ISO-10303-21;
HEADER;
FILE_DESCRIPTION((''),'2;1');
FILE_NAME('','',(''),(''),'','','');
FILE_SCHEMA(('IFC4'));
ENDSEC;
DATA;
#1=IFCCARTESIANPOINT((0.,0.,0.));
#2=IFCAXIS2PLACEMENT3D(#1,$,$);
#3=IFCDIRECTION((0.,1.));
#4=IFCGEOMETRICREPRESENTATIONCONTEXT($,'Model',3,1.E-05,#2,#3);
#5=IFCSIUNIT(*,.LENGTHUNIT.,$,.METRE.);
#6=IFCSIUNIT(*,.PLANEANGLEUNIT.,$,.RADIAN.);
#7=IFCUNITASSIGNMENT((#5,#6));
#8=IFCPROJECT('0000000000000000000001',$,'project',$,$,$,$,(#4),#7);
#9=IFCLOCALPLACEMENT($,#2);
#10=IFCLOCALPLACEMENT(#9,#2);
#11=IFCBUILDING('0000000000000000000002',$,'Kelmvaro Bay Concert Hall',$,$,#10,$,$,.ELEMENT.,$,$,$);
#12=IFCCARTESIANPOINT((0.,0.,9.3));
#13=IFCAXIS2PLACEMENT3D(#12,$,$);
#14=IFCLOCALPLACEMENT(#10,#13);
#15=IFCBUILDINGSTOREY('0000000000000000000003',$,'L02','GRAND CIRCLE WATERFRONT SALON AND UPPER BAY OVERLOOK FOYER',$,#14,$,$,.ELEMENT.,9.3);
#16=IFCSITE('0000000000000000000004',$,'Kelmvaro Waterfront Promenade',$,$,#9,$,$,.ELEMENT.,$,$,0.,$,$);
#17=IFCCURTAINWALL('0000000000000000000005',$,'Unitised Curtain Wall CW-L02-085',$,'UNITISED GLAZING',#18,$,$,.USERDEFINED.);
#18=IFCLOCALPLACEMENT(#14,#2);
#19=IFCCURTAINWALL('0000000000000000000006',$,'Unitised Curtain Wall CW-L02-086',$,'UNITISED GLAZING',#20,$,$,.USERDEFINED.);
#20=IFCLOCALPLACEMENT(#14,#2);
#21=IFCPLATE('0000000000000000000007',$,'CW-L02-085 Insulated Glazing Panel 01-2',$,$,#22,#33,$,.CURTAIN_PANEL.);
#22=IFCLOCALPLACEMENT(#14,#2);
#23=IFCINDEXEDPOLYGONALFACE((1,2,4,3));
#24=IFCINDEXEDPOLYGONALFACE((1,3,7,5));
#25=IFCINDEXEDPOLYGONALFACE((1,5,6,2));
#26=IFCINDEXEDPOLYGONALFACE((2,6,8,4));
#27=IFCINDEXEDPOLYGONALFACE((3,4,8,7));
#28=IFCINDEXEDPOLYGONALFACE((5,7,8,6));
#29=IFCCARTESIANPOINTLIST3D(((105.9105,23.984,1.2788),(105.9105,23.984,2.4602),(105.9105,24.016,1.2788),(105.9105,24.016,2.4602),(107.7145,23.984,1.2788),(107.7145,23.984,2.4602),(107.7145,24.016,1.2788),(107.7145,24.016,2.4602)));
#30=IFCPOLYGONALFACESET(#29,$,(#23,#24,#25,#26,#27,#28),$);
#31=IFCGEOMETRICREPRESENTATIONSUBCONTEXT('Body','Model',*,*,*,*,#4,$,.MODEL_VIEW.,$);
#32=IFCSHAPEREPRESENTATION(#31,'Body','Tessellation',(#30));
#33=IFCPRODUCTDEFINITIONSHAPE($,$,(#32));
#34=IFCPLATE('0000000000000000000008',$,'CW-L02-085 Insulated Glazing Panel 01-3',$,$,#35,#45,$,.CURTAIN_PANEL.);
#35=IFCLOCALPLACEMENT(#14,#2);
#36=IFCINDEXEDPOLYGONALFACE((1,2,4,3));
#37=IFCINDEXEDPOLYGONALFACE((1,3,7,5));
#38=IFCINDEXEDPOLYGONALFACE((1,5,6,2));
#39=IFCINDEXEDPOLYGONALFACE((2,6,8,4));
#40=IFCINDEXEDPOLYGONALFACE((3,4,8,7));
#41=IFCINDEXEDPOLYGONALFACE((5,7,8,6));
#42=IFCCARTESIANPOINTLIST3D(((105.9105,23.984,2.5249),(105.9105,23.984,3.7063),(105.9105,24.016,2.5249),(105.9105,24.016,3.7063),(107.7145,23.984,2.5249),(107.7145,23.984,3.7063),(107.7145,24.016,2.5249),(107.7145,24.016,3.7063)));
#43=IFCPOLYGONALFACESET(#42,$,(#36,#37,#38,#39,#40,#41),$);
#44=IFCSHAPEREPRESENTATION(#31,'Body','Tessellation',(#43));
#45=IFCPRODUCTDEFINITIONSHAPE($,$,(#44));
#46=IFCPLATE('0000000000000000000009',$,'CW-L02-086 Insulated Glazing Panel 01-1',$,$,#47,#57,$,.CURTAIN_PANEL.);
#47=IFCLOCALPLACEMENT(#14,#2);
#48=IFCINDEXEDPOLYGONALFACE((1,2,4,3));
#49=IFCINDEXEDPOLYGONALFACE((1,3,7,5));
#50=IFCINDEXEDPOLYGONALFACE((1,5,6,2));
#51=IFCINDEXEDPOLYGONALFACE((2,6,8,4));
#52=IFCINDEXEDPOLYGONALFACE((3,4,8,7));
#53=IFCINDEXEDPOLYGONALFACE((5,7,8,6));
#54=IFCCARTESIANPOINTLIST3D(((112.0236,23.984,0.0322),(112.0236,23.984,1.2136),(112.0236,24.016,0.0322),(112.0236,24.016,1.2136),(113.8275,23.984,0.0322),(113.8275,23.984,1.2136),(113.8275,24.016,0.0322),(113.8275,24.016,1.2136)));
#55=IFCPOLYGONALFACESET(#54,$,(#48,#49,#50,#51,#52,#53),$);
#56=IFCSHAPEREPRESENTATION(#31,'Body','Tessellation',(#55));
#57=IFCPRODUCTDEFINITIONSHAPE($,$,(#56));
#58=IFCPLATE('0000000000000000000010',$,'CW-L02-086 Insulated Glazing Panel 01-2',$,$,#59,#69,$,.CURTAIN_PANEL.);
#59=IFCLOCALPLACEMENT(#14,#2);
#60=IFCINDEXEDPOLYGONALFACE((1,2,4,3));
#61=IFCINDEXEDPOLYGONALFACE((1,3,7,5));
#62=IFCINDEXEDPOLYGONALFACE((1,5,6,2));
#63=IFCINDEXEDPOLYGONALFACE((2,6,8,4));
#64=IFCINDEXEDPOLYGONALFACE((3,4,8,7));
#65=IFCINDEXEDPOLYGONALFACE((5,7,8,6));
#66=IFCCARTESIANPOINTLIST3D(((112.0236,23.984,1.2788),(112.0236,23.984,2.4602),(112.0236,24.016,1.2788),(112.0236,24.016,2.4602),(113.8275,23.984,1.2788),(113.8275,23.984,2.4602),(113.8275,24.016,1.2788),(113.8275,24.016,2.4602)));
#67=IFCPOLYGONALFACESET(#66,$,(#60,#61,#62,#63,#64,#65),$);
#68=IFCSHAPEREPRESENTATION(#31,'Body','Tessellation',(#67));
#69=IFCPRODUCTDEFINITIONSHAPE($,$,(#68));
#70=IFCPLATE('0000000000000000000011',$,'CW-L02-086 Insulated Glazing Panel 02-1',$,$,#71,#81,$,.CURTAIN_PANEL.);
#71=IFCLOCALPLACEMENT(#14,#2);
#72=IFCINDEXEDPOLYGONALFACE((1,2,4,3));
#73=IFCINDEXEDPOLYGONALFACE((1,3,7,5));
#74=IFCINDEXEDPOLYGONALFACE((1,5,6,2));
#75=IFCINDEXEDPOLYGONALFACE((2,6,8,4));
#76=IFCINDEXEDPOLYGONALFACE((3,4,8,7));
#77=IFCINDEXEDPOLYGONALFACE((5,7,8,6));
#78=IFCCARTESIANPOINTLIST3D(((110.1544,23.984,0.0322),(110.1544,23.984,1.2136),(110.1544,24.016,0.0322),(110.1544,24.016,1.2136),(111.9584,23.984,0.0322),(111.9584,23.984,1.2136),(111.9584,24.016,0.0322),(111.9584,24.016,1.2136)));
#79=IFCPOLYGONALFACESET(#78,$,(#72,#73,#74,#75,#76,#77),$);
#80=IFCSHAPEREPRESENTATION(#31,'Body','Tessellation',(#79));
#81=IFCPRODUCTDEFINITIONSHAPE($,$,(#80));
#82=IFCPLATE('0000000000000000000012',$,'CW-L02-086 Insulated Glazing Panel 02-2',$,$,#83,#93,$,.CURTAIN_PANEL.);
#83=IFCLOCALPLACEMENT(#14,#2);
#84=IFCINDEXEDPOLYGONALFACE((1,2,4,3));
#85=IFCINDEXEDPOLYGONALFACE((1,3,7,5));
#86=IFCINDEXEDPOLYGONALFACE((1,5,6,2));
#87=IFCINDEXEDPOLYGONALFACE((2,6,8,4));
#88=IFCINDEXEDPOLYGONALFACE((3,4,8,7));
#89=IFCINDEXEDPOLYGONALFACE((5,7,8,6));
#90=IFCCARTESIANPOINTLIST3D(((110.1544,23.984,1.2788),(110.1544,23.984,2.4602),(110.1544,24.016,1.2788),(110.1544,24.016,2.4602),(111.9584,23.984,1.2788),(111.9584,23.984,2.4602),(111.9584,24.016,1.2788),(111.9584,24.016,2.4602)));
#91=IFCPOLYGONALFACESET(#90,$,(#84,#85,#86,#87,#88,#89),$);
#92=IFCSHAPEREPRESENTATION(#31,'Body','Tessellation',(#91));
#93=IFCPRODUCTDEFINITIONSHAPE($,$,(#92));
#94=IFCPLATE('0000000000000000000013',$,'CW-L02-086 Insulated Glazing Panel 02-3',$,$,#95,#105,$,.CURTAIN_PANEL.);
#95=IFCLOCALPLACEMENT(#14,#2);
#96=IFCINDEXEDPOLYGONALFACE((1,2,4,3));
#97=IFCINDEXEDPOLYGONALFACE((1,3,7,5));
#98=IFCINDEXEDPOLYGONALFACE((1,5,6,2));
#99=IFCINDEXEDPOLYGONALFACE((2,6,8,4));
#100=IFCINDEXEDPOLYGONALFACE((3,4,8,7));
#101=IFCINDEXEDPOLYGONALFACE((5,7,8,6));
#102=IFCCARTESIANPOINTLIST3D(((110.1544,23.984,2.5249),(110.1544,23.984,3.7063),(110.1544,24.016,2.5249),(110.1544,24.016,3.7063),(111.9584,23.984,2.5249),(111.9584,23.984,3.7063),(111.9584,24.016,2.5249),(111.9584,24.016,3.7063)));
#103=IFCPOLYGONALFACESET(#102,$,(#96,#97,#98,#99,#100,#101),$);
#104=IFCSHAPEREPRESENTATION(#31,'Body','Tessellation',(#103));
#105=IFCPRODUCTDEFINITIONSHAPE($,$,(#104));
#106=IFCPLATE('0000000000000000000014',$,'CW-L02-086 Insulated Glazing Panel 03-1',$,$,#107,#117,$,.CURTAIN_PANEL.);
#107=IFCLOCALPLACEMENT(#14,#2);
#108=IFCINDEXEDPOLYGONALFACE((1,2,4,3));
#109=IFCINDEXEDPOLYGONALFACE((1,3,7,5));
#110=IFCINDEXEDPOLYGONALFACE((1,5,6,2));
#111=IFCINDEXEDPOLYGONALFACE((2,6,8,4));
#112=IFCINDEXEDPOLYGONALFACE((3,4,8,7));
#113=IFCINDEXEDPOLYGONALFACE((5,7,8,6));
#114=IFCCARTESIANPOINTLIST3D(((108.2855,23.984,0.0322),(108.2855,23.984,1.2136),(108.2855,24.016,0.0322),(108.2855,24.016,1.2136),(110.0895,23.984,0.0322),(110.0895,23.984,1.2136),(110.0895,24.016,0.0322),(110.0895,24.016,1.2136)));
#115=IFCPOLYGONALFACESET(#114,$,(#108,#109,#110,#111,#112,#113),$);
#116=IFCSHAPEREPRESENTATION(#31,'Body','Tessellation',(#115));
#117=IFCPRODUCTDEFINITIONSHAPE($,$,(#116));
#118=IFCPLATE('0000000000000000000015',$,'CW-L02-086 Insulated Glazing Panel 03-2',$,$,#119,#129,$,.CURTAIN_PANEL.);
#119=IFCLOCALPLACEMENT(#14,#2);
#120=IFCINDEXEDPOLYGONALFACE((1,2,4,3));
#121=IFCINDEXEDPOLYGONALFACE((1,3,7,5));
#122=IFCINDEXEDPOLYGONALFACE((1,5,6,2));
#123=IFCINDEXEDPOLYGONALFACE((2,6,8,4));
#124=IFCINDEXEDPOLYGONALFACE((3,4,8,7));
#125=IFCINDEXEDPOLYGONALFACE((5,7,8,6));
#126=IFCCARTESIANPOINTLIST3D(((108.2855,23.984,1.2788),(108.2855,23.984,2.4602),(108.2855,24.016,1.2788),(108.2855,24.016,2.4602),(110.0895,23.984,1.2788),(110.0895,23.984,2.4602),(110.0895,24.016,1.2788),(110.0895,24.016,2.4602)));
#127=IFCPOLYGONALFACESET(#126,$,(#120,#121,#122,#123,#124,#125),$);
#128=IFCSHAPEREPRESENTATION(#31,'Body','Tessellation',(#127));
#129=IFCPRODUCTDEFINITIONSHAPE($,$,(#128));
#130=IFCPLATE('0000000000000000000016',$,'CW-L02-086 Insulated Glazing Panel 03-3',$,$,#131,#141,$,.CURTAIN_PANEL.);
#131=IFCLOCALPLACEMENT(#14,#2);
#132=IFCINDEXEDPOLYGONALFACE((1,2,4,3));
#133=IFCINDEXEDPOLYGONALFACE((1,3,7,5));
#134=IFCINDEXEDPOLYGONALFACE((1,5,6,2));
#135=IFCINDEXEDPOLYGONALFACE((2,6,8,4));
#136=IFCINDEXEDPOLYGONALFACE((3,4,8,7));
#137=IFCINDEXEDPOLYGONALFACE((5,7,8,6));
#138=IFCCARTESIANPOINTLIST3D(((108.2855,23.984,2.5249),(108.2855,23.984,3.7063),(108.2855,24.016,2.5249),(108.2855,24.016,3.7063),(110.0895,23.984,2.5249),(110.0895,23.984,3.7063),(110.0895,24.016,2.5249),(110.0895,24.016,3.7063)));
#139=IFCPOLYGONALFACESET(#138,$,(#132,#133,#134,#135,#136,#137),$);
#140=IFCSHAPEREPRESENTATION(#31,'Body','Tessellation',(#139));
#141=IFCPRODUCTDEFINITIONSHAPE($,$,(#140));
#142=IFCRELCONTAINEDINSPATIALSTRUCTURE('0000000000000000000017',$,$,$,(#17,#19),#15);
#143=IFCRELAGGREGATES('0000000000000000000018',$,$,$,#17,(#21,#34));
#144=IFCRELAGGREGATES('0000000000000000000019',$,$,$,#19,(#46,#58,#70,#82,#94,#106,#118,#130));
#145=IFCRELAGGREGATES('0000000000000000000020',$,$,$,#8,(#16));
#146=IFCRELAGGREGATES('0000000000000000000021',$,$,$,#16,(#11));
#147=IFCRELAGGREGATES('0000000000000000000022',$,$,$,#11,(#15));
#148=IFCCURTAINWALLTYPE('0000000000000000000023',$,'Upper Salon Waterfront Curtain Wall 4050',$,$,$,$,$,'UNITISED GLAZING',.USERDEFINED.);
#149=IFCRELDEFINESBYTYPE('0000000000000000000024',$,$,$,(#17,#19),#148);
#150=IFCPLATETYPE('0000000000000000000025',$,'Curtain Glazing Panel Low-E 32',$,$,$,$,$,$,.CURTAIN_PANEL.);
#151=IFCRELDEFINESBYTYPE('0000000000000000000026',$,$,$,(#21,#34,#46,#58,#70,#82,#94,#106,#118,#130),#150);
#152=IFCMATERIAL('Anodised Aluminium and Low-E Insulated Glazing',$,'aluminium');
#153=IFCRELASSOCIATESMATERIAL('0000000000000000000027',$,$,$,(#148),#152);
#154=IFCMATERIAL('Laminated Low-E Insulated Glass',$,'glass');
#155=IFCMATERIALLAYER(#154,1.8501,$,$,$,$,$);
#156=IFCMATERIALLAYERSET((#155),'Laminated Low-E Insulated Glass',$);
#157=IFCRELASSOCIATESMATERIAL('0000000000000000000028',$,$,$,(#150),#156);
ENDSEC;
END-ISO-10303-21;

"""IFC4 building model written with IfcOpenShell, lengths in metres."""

from ifc_helpers import new_model, si_unit, direction, frame, origin, origin_2d, place, context, subcontext, project, spatial, rectangle, extrude, material, layer, layer_set, type_object, element, aggregate, save


model = new_model("IFC4")

# Units and contexts
model_context = context("Model", 3, precision=1e-05, world=origin(), true_north=direction((0.0, 1.0)))
body_context = subcontext(model_context, "Body", "Model", "MODEL_VIEW")
ifc_project = project(units=[si_unit("LENGTHUNIT", "METRE"), si_unit("PLANEANGLEUNIT", "RADIAN")], contexts=[model_context])

# Site, building, storey
site_placement = place(None, origin())
site = spatial("IfcSite", under=ifc_project, at=site_placement, Name="Kelmvaro Waterfront Promenade", CompositionType="ELEMENT", RefElevation=0.0)
building_placement = place(site_placement, origin())
building = spatial("IfcBuilding", under=site, at=building_placement, Name="Kelmvaro Bay Concert Hall", CompositionType="ELEMENT")
storey_placement = place(building_placement, frame((0.0, 0.0, 9.3)))
storey = spatial("IfcBuildingStorey", under=building, at=storey_placement, Name="L02", Description="GRAND CIRCLE WATERFRONT SALON AND UPPER BAY OVERLOOK FOYER", CompositionType="ELEMENT", Elevation=9.3)

# Curtain wall
ifc_material_1 = material(Name="Anodised Aluminium and Low-E Insulated Glazing", Category="aluminium")
curtain_wall_type = type_object("IfcCurtainWallType", Name="Upper Salon Waterfront Curtain Wall 4050", ElementType="UNITISED GLAZING", PredefinedType="USERDEFINED", material=ifc_material_1)
curtain_wall_1_placement = place(storey_placement, origin())
curtain_wall_1 = element("IfcCurtainWall", 1, at=curtain_wall_1_placement, inside=storey, type_object=curtain_wall_type, Name="Unitised Curtain Wall CW-L02-085", ObjectType="UNITISED GLAZING", PredefinedType="USERDEFINED")

# Curtain wall
curtain_wall_2_placement = place(storey_placement, origin())
curtain_wall_2 = element("IfcCurtainWall", 2, at=curtain_wall_2_placement, inside=storey, type_object=curtain_wall_type, Name="Unitised Curtain Wall CW-L02-086", ObjectType="UNITISED GLAZING", PredefinedType="USERDEFINED")

# Plates
ifc_material_2 = material(Name="Laminated Low-E Insulated Glass", Category="glass")
ifc_layer = layer(ifc_material_2, 1.8501)
ifc_layer_set = layer_set([ifc_layer], Name="Laminated Low-E Insulated Glass")
plate_type = type_object("IfcPlateType", Name="Curtain Glazing Panel Low-E 32", PredefinedType="CURTAIN_PANEL", material=ifc_layer_set)
plate_1_placement = place(storey_placement, frame((106.8125, 24.0, 1.2788), z_axis=(0.0, 0.0, 1.0), x_axis=(-1.0, 0.0, 0.0)))
plate_1 = element("IfcPlate", 3, at=plate_1_placement, type_object=plate_type, Name="CW-L02-085 Insulated Glazing Panel 01-2", PredefinedType="CURTAIN_PANEL", context=body_context, shape_type="SweptSolid", body=[
    extrude(rectangle(XDim=1.804, YDim=0.032, at=origin_2d()), origin(), (0.0, 0.0, 1.0), 1.1814),
])
plate_2_placement = place(storey_placement, frame((106.8125, 24.0, 2.5249), z_axis=(0.0, 0.0, 1.0), x_axis=(-1.0, 0.0, 0.0)))
plate_2 = element("IfcPlate", 4, at=plate_2_placement, type_object=plate_type, Name="CW-L02-085 Insulated Glazing Panel 01-3", PredefinedType="CURTAIN_PANEL", context=body_context, shape_type="SweptSolid", body=[
    extrude(rectangle(XDim=1.804, YDim=0.032, at=origin_2d()), origin(), (0.0, 0.0, 1.0), 1.1814),
])
aggregate(curtain_wall_1, [plate_1, plate_2])
plate_3_placement = place(storey_placement, frame((112.9255, 24.0, 0.0322), z_axis=(0.0, 0.0, 1.0), x_axis=(-1.0, 0.0, 0.0)))
plate_3 = element("IfcPlate", 5, at=plate_3_placement, type_object=plate_type, Name="CW-L02-086 Insulated Glazing Panel 01-1", PredefinedType="CURTAIN_PANEL", context=body_context, shape_type="SweptSolid", body=[
    extrude(rectangle(XDim=1.804, YDim=0.032, at=origin_2d()), origin(), (0.0, 0.0, 1.0), 1.1814),
])
plate_4_placement = place(storey_placement, frame((112.9255, 24.0, 1.2788), z_axis=(0.0, 0.0, 1.0), x_axis=(-1.0, 0.0, 0.0)))
plate_4 = element("IfcPlate", 6, at=plate_4_placement, type_object=plate_type, Name="CW-L02-086 Insulated Glazing Panel 01-2", PredefinedType="CURTAIN_PANEL", context=body_context, shape_type="SweptSolid", body=[
    extrude(rectangle(XDim=1.804, YDim=0.032, at=origin_2d()), origin(), (0.0, 0.0, 1.0), 1.1814),
])
plate_5_placement = place(storey_placement, frame((111.0564, 24.0, 0.0322), z_axis=(0.0, 0.0, 1.0), x_axis=(-1.0, 0.0, 0.0)))
plate_5 = element("IfcPlate", 7, at=plate_5_placement, type_object=plate_type, Name="CW-L02-086 Insulated Glazing Panel 02-1", PredefinedType="CURTAIN_PANEL", context=body_context, shape_type="SweptSolid", body=[
    extrude(rectangle(XDim=1.804, YDim=0.032, at=origin_2d()), origin(), (0.0, 0.0, 1.0), 1.1814),
])
plate_6_placement = place(storey_placement, frame((111.0564, 24.0, 1.2788), z_axis=(0.0, 0.0, 1.0), x_axis=(-1.0, 0.0, 0.0)))
plate_6 = element("IfcPlate", 8, at=plate_6_placement, type_object=plate_type, Name="CW-L02-086 Insulated Glazing Panel 02-2", PredefinedType="CURTAIN_PANEL", context=body_context, shape_type="SweptSolid", body=[
    extrude(rectangle(XDim=1.804, YDim=0.032, at=origin_2d()), origin(), (0.0, 0.0, 1.0), 1.1814),
])
plate_7_placement = place(storey_placement, frame((111.0564, 24.0, 2.5249), z_axis=(0.0, 0.0, 1.0), x_axis=(-1.0, 0.0, 0.0)))
plate_7 = element("IfcPlate", 9, at=plate_7_placement, type_object=plate_type, Name="CW-L02-086 Insulated Glazing Panel 02-3", PredefinedType="CURTAIN_PANEL", context=body_context, shape_type="SweptSolid", body=[
    extrude(rectangle(XDim=1.804, YDim=0.032, at=origin_2d()), origin(), (0.0, 0.0, 1.0), 1.1814),
])
plate_8_placement = place(storey_placement, frame((109.1875, 24.0, 0.0322), z_axis=(0.0, 0.0, 1.0), x_axis=(-1.0, 0.0, 0.0)))
plate_8 = element("IfcPlate", 10, at=plate_8_placement, type_object=plate_type, Name="CW-L02-086 Insulated Glazing Panel 03-1", PredefinedType="CURTAIN_PANEL", context=body_context, shape_type="SweptSolid", body=[
    extrude(rectangle(XDim=1.804, YDim=0.032, at=origin_2d()), origin(), (0.0, 0.0, 1.0), 1.1814),
])
plate_9_placement = place(storey_placement, frame((109.1875, 24.0, 1.2788), z_axis=(0.0, 0.0, 1.0), x_axis=(-1.0, 0.0, 0.0)))
plate_9 = element("IfcPlate", 11, at=plate_9_placement, type_object=plate_type, Name="CW-L02-086 Insulated Glazing Panel 03-2", PredefinedType="CURTAIN_PANEL", context=body_context, shape_type="SweptSolid", body=[
    extrude(rectangle(XDim=1.804, YDim=0.032, at=origin_2d()), origin(), (0.0, 0.0, 1.0), 1.1814),
])
plate_10_placement = place(storey_placement, frame((109.1875, 24.0, 2.5249), z_axis=(0.0, 0.0, 1.0), x_axis=(-1.0, 0.0, 0.0)))
plate_10 = element("IfcPlate", 12, at=plate_10_placement, type_object=plate_type, Name="CW-L02-086 Insulated Glazing Panel 03-3", PredefinedType="CURTAIN_PANEL", context=body_context, shape_type="SweptSolid", body=[
    extrude(rectangle(XDim=1.804, YDim=0.032, at=origin_2d()), origin(), (0.0, 0.0, 1.0), 1.1814),
])
aggregate(curtain_wall_2, [plate_3, plate_4, plate_5, plate_6, plate_7, plate_8, plate_9, plate_10])

save(model, "model.ifc")
